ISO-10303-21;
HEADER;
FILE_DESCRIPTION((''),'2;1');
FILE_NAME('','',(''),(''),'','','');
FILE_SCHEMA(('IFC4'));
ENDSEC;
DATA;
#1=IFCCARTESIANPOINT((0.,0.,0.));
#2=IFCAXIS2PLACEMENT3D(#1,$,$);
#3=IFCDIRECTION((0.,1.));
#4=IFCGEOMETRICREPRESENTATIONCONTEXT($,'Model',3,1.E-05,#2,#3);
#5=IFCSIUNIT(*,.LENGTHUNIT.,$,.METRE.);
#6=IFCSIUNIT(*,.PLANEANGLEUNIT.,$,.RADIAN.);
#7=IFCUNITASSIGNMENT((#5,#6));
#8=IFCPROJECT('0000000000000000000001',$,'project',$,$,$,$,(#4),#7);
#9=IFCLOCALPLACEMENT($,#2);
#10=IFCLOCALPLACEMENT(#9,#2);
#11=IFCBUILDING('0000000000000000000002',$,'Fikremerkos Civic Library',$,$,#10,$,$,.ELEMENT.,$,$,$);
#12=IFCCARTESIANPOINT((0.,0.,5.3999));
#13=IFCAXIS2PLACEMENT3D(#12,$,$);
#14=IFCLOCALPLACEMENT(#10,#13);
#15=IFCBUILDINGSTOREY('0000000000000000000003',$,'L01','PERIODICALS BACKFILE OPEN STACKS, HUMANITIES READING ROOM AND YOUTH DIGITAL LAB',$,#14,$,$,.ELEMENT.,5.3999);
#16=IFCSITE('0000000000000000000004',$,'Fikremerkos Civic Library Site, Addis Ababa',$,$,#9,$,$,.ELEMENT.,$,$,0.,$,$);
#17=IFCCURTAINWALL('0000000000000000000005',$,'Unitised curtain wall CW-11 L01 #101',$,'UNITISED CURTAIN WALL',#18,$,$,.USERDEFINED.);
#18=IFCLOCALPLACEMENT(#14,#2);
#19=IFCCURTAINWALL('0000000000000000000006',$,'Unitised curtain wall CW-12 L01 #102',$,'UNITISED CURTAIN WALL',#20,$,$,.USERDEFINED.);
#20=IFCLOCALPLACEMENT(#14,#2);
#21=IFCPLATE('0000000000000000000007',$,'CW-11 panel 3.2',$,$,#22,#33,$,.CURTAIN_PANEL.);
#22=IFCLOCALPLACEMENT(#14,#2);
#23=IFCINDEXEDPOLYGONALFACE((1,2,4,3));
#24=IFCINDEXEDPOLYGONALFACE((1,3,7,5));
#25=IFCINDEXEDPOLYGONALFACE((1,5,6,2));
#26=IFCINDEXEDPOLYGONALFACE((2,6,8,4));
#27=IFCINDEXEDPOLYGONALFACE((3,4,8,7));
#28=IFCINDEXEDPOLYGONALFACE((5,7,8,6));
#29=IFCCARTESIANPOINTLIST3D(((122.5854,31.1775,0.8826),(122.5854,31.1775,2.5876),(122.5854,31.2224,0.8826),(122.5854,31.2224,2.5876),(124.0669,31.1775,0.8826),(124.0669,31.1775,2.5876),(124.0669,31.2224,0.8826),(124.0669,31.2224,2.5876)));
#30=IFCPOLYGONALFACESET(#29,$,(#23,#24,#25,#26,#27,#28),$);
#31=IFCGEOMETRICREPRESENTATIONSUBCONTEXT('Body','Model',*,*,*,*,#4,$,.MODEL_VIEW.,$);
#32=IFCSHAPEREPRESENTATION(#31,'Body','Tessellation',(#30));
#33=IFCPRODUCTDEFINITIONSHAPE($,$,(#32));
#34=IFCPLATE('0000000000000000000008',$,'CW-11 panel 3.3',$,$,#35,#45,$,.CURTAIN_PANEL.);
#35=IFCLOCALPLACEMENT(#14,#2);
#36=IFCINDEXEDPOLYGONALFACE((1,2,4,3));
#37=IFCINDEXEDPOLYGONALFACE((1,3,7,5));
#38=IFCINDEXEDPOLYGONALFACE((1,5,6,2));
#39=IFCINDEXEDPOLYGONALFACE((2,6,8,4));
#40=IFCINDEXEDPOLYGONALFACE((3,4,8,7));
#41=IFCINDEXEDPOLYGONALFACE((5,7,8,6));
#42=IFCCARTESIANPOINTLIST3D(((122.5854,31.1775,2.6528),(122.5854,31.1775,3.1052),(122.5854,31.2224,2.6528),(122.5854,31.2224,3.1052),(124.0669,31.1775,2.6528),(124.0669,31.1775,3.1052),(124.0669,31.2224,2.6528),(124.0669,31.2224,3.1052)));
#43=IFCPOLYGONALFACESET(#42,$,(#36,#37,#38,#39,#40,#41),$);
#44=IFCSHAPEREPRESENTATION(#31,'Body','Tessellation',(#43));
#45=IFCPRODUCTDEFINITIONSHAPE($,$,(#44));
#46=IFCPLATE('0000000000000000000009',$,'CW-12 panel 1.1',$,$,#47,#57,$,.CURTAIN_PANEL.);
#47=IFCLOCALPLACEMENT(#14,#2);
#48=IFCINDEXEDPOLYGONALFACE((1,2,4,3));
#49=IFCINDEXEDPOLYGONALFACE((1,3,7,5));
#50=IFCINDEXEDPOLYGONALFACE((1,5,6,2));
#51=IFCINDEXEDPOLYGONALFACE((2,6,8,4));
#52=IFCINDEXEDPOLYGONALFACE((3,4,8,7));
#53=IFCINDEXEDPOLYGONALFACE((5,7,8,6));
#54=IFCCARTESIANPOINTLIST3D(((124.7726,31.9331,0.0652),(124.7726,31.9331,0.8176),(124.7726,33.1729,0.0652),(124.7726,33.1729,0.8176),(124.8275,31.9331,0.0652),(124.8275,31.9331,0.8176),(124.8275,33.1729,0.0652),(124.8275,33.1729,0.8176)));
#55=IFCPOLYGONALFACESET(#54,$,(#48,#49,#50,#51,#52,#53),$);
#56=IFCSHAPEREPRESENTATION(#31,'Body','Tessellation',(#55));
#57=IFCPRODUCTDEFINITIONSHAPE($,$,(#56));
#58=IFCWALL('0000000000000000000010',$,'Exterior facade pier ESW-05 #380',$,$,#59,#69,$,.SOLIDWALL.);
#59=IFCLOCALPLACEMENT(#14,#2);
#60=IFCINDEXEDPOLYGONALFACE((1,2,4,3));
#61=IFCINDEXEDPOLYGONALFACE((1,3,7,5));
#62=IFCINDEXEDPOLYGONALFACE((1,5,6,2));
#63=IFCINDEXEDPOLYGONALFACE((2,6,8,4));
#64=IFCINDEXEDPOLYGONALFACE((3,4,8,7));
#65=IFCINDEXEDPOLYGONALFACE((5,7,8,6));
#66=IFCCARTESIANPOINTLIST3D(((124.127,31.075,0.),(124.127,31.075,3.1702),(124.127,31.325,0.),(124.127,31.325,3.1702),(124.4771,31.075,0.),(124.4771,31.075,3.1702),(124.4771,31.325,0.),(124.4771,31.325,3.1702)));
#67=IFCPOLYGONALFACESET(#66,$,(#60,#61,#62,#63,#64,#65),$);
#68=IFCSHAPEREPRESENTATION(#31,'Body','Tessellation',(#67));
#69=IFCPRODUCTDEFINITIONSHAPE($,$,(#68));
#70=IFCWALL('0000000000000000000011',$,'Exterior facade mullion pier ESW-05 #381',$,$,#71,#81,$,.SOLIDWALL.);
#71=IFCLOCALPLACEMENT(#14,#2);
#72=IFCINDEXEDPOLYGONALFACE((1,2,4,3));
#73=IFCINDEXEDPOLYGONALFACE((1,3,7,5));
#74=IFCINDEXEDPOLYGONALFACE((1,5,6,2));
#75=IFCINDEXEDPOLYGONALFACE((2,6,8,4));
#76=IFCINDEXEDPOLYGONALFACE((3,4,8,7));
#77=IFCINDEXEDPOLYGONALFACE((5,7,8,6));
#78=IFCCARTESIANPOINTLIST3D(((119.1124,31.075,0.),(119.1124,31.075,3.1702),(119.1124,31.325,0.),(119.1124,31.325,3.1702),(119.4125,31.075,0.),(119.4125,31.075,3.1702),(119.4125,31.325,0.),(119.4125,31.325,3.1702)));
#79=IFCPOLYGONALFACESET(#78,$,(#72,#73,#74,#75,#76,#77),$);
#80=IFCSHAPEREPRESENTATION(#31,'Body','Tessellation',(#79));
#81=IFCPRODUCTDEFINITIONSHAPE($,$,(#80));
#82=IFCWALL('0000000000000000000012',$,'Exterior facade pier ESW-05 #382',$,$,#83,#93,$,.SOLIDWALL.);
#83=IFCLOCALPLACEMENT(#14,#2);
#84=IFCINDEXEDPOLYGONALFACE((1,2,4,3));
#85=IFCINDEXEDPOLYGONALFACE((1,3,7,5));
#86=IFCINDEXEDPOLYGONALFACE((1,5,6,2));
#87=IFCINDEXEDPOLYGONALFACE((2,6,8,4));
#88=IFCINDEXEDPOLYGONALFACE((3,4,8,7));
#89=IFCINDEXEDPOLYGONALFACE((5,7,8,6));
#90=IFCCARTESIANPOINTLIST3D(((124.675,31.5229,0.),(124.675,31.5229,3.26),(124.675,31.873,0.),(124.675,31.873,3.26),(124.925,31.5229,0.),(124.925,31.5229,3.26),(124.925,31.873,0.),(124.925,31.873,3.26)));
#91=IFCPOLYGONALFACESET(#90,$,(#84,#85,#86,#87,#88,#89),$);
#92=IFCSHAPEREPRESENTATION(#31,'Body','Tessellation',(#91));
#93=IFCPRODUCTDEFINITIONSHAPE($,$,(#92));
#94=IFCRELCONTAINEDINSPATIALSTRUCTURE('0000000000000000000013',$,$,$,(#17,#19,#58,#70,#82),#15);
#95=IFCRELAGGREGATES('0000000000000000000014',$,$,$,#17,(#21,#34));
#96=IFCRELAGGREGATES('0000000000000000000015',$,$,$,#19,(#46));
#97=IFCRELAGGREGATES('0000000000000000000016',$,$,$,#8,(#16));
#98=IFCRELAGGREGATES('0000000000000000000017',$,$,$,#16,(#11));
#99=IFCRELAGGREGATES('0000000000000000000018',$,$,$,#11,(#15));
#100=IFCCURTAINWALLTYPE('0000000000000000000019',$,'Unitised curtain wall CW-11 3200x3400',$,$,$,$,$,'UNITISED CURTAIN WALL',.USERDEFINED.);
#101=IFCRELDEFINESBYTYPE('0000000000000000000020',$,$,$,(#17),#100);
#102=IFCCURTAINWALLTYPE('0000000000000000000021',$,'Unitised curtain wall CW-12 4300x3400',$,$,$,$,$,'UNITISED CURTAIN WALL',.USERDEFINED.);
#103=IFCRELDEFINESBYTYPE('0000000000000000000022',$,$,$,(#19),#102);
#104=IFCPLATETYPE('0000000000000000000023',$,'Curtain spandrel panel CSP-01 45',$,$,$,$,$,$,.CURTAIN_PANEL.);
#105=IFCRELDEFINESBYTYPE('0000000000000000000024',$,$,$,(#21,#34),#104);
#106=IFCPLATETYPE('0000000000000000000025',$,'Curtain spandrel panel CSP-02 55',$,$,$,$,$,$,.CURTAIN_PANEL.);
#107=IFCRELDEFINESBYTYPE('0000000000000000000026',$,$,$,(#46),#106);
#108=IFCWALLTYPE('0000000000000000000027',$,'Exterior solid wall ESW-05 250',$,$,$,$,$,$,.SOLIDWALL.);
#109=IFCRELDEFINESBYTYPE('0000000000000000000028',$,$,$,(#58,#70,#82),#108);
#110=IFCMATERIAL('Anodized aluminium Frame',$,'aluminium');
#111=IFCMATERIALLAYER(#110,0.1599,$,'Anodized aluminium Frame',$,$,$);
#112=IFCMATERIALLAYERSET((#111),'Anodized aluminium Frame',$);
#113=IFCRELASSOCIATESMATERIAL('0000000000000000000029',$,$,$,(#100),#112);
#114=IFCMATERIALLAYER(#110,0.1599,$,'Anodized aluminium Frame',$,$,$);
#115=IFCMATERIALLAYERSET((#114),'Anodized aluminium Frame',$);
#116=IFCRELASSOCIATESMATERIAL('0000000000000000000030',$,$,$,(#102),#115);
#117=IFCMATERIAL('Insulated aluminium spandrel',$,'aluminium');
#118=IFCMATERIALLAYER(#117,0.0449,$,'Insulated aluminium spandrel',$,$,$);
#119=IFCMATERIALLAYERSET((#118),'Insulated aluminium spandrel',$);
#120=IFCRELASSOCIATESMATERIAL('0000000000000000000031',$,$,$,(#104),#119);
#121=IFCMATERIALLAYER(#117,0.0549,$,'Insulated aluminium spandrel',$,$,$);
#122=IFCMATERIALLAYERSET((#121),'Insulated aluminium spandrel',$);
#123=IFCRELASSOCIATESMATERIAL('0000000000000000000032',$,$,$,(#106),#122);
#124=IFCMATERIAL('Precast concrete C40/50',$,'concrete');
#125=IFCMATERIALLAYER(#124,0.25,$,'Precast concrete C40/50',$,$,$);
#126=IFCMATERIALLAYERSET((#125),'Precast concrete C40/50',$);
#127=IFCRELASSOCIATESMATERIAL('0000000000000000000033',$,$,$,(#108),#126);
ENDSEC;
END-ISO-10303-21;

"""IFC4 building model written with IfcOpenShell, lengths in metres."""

from ifc_helpers import new_model, si_unit, direction, frame, frame_2d, origin, origin_2d, place, context, subcontext, project, spatial, rectangle, extrude, material, layer, layer_set, type_object, element, aggregate, save


model = new_model("IFC4")

# Units and contexts
model_context = context("Model", 3, precision=1e-05, world=origin(), true_north=direction((0.0, 1.0)))
body_context = subcontext(model_context, "Body", "Model", "MODEL_VIEW")
ifc_project = project(units=[si_unit("LENGTHUNIT", "METRE"), si_unit("PLANEANGLEUNIT", "RADIAN")], contexts=[model_context])

# Site, building, storey
site_placement = place(None, origin())
site = spatial("IfcSite", under=ifc_project, at=site_placement, Name="Fikremerkos Civic Library Site, Addis Ababa", CompositionType="ELEMENT", RefElevation=0.0)
building_placement = place(site_placement, origin())
building = spatial("IfcBuilding", under=site, at=building_placement, Name="Fikremerkos Civic Library", CompositionType="ELEMENT")
storey_placement = place(building_placement, frame((0.0, 0.0, 5.3999)))
storey = spatial("IfcBuildingStorey", under=building, at=storey_placement, Name="L01", Description="PERIODICALS BACKFILE OPEN STACKS, HUMANITIES READING ROOM AND YOUTH DIGITAL LAB", CompositionType="ELEMENT", Elevation=5.3999)

# Shared definitions
ifc_material_1 = material(Name="Anodized aluminium Frame", Category="aluminium")

# Curtain wall
ifc_layer_1 = layer(ifc_material_1, 0.1599, Name="Anodized aluminium Frame")
ifc_layer_set_1 = layer_set([ifc_layer_1], Name="Anodized aluminium Frame")
curtain_wall_type_1 = type_object("IfcCurtainWallType", Name="Unitised curtain wall CW-11 3200x3400", ElementType="UNITISED CURTAIN WALL", PredefinedType="USERDEFINED", material=ifc_layer_set_1)
curtain_wall_1_placement = place(storey_placement, origin())
curtain_wall_1 = element("IfcCurtainWall", 1, at=curtain_wall_1_placement, inside=storey, type_object=curtain_wall_type_1, Name="Unitised curtain wall CW-11 L01 #101", ObjectType="UNITISED CURTAIN WALL", PredefinedType="USERDEFINED")

# Curtain wall
ifc_layer_2 = layer(ifc_material_1, 0.1599, Name="Anodized aluminium Frame")
ifc_layer_set_2 = layer_set([ifc_layer_2], Name="Anodized aluminium Frame")
curtain_wall_type_2 = type_object("IfcCurtainWallType", Name="Unitised curtain wall CW-12 4300x3400", ElementType="UNITISED CURTAIN WALL", PredefinedType="USERDEFINED", material=ifc_layer_set_2)
curtain_wall_2_placement = place(storey_placement, origin())
curtain_wall_2 = element("IfcCurtainWall", 2, at=curtain_wall_2_placement, inside=storey, type_object=curtain_wall_type_2, Name="Unitised curtain wall CW-12 L01 #102", ObjectType="UNITISED CURTAIN WALL", PredefinedType="USERDEFINED")

# Plates
ifc_material_2 = material(Name="Insulated aluminium spandrel", Category="aluminium")
ifc_layer_3 = layer(ifc_material_2, 0.0449, Name="Insulated aluminium spandrel")
ifc_layer_set_3 = layer_set([ifc_layer_3], Name="Insulated aluminium spandrel")
plate_type_1 = type_object("IfcPlateType", Name="Curtain spandrel panel CSP-01 45", PredefinedType="CURTAIN_PANEL", material=ifc_layer_set_3)
plate_1_placement = place(storey_placement, frame((123.3262, 31.2, 0.8826), z_axis=(0.0, 0.0, 1.0), x_axis=(1.0, 0.0, 0.0)))
plate_1 = element("IfcPlate", 3, at=plate_1_placement, type_object=plate_type_1, Name="CW-11 panel 3.2", PredefinedType="CURTAIN_PANEL", context=body_context, shape_type="SweptSolid", body=[
    extrude(rectangle(XDim=1.4814, YDim=0.0449, at=origin_2d()), origin(), (0.0, 0.0, 1.0), 1.7051),
])
plate_2_placement = place(storey_placement, frame((123.3262, 31.2, 2.6528), z_axis=(0.0, 0.0, 1.0), x_axis=(1.0, 0.0, 0.0)))
plate_2 = element("IfcPlate", 4, at=plate_2_placement, type_object=plate_type_1, Name="CW-11 panel 3.3", PredefinedType="CURTAIN_PANEL", context=body_context, shape_type="SweptSolid", body=[
    extrude(rectangle(XDim=1.4814, YDim=0.0449, at=origin_2d()), origin(), (0.0, 0.0, 1.0), 0.4524),
])
aggregate(curtain_wall_1, [plate_1, plate_2])
ifc_layer_4 = layer(ifc_material_2, 0.0549, Name="Insulated aluminium spandrel")
ifc_layer_set_4 = layer_set([ifc_layer_4], Name="Insulated aluminium spandrel")
plate_type_2 = type_object("IfcPlateType", Name="Curtain spandrel panel CSP-02 55", PredefinedType="CURTAIN_PANEL", material=ifc_layer_set_4)
plate_3_placement = place(storey_placement, frame((124.8, 32.553, 0.0652), z_axis=(0.0, 0.0, 1.0), x_axis=(0.0, 1.0, 0.0)))
plate_3 = element("IfcPlate", 5, at=plate_3_placement, type_object=plate_type_2, Name="CW-12 panel 1.1", PredefinedType="CURTAIN_PANEL", context=body_context, shape_type="SweptSolid", body=[
    extrude(rectangle(XDim=1.2397, YDim=0.0549, at=origin_2d()), origin(), (0.0, 0.0, 1.0), 0.7524),
])
aggregate(curtain_wall_2, [plate_3])

# Walls
ifc_material_3 = material(Name="Precast concrete C40/50", Category="concrete")
ifc_layer_5 = layer(ifc_material_3, 0.25, Name="Precast concrete C40/50")
ifc_layer_set_5 = layer_set([ifc_layer_5], Name="Precast concrete C40/50")
wall_type = type_object("IfcWallType", Name="Exterior solid wall ESW-05 250", PredefinedType="SOLIDWALL", material=ifc_layer_set_5)
wall_1_placement = place(storey_placement, frame((124.127, 31.2, 0.0), z_axis=(0.0, 0.0, 1.0), x_axis=(1.0, 0.0, 0.0)))
element("IfcWall", 6, at=wall_1_placement, inside=storey, type_object=wall_type, Name="Exterior facade pier ESW-05 #380", PredefinedType="SOLIDWALL", context=body_context, shape_type="SweptSolid", body=[
    extrude(rectangle(XDim=0.3501, YDim=0.25, at=frame_2d((0.175, 0.0))), origin(), (0.0, 0.0, 1.0), 3.1702),
])
wall_2_placement = place(storey_placement, frame((119.1125, 31.2, 0.0), z_axis=(0.0, 0.0, 1.0), x_axis=(1.0, 0.0, 0.0)))
element("IfcWall", 7, at=wall_2_placement, inside=storey, type_object=wall_type, Name="Exterior facade mullion pier ESW-05 #381", PredefinedType="SOLIDWALL", context=body_context, shape_type="SweptSolid", body=[
    extrude(rectangle(XDim=0.3, YDim=0.25, at=frame_2d((0.1499, 0.0))), origin(), (0.0, 0.0, 1.0), 3.1702),
])
wall_3_placement = place(storey_placement, frame((124.8, 31.5229, 0.0), z_axis=(0.0, 0.0, 1.0), x_axis=(0.0, 1.0, 0.0)))
element("IfcWall", 8, at=wall_3_placement, inside=storey, type_object=wall_type, Name="Exterior facade pier ESW-05 #382", PredefinedType="SOLIDWALL", context=body_context, shape_type="SweptSolid", body=[
    extrude(rectangle(XDim=0.3501, YDim=0.25, at=frame_2d((0.175, 0.0))), origin(), (0.0, 0.0, 1.0), 3.26),
])

save(model, "model.ifc")
